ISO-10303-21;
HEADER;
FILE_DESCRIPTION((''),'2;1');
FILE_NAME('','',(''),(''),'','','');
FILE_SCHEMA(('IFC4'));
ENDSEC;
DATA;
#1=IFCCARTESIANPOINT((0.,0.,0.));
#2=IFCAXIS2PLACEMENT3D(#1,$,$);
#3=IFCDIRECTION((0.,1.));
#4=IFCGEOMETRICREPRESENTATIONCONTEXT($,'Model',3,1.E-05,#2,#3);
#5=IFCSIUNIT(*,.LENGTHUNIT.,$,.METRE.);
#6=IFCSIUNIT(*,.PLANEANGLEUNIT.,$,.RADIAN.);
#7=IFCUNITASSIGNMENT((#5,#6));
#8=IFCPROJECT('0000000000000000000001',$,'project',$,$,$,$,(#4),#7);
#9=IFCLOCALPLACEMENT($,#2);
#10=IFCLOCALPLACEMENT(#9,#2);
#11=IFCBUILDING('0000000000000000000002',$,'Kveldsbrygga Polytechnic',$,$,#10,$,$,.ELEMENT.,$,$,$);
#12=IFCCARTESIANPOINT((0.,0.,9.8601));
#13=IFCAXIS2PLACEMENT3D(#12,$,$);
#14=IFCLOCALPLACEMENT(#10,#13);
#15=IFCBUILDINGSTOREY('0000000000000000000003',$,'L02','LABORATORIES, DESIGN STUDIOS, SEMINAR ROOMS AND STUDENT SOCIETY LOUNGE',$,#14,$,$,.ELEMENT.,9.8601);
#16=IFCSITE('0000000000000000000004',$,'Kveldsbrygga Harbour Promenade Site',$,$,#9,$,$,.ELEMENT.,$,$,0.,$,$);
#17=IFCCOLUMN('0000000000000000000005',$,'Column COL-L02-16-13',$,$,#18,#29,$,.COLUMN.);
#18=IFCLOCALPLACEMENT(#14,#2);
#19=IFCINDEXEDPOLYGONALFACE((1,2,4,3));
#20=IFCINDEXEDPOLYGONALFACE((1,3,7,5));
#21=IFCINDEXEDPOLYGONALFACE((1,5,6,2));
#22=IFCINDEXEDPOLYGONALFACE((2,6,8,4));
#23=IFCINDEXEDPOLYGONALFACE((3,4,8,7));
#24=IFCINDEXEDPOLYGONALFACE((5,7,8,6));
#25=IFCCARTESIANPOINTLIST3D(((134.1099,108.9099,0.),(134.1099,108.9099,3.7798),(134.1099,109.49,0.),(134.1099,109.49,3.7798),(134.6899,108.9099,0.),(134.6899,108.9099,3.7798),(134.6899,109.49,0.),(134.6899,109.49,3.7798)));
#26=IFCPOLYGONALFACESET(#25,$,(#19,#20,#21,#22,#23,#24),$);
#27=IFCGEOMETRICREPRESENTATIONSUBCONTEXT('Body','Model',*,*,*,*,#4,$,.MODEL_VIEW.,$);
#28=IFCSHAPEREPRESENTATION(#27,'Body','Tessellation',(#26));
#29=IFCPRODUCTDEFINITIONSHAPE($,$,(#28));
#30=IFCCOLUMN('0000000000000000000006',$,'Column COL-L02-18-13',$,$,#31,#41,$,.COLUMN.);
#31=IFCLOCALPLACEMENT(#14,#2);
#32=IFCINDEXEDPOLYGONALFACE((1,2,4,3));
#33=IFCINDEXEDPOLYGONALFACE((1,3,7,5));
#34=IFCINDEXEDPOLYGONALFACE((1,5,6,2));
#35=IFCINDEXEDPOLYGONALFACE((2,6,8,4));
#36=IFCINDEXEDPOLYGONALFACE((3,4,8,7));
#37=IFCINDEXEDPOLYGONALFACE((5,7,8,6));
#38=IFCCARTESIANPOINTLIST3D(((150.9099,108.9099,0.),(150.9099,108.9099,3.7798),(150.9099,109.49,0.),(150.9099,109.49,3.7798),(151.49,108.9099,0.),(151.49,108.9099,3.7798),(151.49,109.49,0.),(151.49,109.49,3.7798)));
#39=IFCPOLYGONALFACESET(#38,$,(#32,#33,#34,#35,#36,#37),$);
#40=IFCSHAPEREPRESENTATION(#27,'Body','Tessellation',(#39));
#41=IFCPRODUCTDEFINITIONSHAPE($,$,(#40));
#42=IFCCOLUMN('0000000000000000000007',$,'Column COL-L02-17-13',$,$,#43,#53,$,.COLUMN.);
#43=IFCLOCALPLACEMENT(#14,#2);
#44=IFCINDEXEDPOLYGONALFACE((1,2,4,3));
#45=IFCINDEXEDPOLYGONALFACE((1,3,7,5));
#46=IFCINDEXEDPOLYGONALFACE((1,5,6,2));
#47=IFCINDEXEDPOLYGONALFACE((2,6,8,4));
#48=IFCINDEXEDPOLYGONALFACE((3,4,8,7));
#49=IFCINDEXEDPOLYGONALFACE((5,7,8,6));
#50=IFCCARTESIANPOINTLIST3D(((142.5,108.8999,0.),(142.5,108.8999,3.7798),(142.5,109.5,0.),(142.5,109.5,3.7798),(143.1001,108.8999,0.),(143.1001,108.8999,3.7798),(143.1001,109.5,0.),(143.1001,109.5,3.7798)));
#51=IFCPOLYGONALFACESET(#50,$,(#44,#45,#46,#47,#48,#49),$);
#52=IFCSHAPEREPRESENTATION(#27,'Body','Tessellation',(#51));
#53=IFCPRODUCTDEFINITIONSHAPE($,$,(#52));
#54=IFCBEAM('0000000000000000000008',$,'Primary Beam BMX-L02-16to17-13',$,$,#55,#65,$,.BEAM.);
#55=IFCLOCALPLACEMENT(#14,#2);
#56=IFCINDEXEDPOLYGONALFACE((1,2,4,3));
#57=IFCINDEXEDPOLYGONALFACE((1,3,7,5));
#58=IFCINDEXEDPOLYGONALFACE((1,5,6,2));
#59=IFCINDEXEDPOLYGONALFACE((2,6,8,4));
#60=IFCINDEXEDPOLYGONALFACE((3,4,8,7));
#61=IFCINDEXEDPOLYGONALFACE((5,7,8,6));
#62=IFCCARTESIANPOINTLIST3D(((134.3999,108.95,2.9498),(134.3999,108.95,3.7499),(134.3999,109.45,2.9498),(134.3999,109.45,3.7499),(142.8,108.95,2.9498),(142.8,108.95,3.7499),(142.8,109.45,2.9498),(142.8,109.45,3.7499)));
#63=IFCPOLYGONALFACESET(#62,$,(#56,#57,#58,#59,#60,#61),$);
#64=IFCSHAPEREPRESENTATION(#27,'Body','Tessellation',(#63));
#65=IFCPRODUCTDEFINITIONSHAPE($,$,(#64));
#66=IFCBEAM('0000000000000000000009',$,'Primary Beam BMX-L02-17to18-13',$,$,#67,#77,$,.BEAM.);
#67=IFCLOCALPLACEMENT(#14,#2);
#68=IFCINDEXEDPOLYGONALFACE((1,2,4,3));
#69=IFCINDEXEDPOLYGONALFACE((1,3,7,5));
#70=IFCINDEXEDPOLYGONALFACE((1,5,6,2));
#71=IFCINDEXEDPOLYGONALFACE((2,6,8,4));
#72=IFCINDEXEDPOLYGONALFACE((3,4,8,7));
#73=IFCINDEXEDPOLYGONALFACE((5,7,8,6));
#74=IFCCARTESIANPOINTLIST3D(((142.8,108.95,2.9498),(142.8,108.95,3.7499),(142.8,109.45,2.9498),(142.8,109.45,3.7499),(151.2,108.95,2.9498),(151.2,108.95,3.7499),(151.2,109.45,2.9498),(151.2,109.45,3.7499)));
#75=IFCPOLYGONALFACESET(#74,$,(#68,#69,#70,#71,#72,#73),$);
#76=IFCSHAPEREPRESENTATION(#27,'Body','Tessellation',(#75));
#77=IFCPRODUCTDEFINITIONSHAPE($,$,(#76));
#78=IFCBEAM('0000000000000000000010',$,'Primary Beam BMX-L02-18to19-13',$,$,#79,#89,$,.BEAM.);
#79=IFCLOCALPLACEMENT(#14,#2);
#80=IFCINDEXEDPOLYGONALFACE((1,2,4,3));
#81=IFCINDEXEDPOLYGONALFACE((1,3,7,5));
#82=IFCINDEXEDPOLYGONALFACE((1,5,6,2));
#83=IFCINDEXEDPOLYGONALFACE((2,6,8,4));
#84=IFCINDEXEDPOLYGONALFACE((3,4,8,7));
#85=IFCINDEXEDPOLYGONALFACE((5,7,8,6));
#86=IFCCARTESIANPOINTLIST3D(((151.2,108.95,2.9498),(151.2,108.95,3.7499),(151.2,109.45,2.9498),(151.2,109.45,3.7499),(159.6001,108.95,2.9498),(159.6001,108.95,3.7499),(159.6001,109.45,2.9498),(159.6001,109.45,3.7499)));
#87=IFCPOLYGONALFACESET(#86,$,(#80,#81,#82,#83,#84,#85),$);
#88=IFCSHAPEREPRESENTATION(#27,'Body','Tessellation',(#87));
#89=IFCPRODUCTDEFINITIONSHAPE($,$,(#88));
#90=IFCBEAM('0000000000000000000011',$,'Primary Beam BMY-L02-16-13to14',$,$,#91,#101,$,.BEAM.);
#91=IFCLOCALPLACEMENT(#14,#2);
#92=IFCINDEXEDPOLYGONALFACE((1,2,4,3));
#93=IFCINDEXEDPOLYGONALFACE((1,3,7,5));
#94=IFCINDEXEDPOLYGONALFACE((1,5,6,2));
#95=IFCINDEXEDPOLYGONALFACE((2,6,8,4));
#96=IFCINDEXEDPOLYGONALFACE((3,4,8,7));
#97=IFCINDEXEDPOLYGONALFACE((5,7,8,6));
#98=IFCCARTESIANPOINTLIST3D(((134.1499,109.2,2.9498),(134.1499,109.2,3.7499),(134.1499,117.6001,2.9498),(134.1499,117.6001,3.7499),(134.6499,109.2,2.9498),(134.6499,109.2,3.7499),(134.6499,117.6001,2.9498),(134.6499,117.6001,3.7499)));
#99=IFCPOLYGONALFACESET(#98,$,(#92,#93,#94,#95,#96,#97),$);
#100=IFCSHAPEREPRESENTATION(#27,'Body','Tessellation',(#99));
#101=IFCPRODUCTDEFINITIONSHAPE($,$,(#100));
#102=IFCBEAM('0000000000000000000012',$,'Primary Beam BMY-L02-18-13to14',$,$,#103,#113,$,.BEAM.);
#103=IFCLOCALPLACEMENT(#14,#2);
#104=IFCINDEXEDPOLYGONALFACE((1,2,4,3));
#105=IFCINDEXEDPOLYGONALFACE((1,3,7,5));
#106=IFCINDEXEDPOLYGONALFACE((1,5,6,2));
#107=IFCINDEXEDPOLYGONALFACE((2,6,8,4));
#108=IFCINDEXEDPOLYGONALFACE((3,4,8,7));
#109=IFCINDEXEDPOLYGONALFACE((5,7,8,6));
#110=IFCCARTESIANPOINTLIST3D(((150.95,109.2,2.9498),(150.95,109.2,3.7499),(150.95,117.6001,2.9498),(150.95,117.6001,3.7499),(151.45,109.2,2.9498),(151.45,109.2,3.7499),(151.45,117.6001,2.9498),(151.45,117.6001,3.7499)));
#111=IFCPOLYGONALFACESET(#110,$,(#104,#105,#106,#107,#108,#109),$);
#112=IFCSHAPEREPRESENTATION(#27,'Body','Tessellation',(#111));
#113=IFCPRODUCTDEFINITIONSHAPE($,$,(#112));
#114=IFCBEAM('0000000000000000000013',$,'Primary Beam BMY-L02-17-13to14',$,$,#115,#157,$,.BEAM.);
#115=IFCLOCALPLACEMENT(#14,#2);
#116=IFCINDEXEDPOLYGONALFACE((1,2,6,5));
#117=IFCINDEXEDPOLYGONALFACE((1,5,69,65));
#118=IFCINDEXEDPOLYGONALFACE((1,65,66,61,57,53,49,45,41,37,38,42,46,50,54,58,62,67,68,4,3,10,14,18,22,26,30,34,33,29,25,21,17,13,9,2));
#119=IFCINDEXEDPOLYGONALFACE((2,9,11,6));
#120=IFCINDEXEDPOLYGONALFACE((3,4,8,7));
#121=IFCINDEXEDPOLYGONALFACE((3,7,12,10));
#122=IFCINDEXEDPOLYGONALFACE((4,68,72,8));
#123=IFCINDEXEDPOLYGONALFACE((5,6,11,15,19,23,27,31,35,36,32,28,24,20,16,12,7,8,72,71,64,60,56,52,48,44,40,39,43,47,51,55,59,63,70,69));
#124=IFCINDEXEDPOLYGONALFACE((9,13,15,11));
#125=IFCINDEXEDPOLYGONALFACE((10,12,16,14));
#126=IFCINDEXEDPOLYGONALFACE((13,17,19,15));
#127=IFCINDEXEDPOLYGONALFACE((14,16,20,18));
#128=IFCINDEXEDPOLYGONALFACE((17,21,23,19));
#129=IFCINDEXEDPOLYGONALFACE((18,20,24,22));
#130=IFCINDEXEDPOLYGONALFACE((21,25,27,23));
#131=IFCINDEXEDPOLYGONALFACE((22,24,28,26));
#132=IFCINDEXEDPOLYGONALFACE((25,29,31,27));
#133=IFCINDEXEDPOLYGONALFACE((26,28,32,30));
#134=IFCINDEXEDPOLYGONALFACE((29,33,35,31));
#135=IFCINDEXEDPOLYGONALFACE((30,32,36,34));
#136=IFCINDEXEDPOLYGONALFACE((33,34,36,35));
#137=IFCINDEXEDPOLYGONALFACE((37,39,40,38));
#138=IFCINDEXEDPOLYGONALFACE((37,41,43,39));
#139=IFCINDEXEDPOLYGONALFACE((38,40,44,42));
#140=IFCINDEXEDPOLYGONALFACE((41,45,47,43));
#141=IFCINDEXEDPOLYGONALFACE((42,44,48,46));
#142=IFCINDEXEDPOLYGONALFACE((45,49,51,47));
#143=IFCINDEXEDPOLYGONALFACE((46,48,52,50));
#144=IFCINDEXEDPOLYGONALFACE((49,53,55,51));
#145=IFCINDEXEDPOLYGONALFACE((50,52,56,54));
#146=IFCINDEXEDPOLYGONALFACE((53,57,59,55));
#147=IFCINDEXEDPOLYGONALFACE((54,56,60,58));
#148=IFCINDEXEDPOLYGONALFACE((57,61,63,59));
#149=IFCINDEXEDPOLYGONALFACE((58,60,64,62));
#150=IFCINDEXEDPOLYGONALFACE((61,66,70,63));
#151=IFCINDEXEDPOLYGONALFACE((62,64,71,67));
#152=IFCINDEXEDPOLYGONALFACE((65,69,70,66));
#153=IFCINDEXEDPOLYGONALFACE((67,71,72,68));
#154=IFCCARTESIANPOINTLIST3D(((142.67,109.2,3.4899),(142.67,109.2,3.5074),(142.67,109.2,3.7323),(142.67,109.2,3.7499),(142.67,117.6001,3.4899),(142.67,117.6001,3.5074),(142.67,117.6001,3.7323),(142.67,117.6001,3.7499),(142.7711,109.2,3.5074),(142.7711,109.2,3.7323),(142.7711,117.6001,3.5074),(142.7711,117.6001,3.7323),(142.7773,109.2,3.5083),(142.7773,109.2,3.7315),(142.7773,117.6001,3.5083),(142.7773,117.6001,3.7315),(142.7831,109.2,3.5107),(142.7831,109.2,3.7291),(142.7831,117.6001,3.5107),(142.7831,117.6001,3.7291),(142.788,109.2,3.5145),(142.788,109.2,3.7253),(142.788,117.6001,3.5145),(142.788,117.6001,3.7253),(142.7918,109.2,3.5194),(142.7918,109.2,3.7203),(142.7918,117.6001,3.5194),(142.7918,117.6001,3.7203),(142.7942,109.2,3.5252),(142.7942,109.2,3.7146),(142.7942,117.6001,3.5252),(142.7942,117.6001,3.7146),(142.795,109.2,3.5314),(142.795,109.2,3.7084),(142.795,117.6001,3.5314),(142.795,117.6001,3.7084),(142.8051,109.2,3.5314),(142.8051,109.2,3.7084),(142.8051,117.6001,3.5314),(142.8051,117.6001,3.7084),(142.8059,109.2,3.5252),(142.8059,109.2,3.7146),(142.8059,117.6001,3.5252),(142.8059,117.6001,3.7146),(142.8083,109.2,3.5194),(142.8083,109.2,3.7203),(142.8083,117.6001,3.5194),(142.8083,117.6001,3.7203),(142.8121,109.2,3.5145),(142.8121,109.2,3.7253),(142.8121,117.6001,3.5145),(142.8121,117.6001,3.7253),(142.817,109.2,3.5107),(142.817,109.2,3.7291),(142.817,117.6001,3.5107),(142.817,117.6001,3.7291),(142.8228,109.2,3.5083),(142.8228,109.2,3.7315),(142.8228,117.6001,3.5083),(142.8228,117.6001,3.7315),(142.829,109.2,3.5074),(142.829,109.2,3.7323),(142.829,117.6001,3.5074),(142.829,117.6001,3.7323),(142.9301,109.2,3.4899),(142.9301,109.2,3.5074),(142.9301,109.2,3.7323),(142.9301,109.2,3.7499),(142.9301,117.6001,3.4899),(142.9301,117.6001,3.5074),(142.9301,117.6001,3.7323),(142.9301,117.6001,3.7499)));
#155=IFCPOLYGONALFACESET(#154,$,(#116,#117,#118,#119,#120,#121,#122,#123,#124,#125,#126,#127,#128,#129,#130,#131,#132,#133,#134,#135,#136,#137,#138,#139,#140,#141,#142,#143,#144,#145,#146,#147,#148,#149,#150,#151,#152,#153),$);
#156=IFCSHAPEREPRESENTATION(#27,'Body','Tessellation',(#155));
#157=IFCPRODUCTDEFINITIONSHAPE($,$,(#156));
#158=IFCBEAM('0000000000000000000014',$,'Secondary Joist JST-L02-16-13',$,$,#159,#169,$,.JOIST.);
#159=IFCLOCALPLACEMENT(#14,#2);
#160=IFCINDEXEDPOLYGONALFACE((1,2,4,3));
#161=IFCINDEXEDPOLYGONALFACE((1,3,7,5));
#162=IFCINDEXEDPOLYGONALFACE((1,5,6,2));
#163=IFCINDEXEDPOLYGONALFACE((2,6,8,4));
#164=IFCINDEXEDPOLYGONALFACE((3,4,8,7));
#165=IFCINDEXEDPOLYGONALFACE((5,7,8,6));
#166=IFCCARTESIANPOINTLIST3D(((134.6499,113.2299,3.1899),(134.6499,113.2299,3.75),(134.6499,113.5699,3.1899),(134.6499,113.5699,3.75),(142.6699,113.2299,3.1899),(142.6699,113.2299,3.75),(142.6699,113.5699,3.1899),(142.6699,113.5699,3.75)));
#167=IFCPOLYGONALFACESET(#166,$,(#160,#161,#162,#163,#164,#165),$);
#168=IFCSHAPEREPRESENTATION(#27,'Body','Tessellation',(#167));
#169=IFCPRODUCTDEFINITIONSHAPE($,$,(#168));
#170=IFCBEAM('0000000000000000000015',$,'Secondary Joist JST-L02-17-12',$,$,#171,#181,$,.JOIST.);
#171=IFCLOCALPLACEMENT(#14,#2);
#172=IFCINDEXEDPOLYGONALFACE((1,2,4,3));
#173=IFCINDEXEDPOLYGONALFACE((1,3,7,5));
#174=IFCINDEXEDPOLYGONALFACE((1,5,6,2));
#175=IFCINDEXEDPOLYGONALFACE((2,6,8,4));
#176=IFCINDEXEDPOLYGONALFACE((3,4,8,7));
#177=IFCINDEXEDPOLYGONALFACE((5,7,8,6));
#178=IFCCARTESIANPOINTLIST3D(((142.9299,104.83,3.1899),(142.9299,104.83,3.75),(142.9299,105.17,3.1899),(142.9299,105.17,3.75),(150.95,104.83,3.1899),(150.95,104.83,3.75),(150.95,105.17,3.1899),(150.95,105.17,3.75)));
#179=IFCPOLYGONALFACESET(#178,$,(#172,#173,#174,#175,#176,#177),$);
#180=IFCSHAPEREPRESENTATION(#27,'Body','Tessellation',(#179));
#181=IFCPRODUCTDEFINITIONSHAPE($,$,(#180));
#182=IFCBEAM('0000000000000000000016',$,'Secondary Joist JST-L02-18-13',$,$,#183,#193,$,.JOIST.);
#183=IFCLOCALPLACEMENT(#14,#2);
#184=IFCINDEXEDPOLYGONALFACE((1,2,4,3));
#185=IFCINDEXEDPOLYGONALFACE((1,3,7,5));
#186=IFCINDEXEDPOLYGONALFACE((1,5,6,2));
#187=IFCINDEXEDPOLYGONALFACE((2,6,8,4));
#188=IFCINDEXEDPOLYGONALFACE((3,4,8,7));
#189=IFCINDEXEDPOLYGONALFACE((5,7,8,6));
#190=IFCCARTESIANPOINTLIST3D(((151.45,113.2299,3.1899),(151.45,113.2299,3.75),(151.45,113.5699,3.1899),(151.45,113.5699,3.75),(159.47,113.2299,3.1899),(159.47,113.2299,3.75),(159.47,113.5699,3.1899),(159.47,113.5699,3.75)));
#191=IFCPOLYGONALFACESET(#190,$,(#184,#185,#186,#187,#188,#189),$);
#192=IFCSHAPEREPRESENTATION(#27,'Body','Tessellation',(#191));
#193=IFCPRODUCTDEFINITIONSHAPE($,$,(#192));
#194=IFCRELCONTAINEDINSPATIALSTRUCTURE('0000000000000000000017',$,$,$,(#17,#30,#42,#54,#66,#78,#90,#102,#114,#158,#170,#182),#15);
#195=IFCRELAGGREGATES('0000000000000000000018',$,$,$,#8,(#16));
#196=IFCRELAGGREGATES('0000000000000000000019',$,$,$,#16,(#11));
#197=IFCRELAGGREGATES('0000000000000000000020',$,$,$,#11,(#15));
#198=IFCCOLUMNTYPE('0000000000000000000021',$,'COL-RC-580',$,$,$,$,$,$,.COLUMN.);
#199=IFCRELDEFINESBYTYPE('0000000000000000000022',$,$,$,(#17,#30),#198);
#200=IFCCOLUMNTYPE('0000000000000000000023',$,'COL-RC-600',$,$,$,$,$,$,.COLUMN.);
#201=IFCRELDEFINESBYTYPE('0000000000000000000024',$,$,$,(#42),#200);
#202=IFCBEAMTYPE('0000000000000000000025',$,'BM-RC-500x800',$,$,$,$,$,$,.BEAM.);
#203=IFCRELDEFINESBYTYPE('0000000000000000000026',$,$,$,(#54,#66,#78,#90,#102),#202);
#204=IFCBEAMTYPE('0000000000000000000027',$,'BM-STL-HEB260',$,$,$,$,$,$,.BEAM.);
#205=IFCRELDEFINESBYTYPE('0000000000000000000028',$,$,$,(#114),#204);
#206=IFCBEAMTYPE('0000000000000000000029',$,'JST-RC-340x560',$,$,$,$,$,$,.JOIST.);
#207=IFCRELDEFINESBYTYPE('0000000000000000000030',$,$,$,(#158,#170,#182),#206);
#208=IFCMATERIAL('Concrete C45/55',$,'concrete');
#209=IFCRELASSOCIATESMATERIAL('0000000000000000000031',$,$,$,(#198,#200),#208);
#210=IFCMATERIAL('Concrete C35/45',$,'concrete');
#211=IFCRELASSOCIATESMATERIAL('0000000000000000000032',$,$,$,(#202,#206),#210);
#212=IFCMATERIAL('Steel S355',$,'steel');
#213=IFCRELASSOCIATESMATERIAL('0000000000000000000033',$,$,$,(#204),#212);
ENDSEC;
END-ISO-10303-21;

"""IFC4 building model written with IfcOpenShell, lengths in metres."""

from ifc_helpers import new_model, si_unit, direction, frame, origin, origin_2d, place, context, subcontext, project, spatial, rectangle, i_section, extrude, material, material_profile, profile_set, type_object, element, save


model = new_model("IFC4")

# Units and contexts
model_context = context("Model", 3, precision=1e-05, world=origin(), true_north=direction((0.0, 1.0)))
body_context = subcontext(model_context, "Body", "Model", "MODEL_VIEW")
ifc_project = project(units=[si_unit("LENGTHUNIT", "METRE"), si_unit("PLANEANGLEUNIT", "RADIAN")], contexts=[model_context])

# Site, building, storey
site_placement = place(None, origin())
site = spatial("IfcSite", under=ifc_project, at=site_placement, Name="Kveldsbrygga Harbour Promenade Site", CompositionType="ELEMENT", RefElevation=0.0)
building_placement = place(site_placement, origin())
building = spatial("IfcBuilding", under=site, at=building_placement, Name="Kveldsbrygga Polytechnic", CompositionType="ELEMENT")
storey_placement = place(building_placement, frame((0.0, 0.0, 9.8601)))
storey = spatial("IfcBuildingStorey", under=building, at=storey_placement, Name="L02", Description="LABORATORIES, DESIGN STUDIOS, SEMINAR ROOMS AND STUDENT SOCIETY LOUNGE", CompositionType="ELEMENT", Elevation=9.8601)

# Columns
ifc_material_1 = material(Name="Concrete C45/55", Category="concrete")
ifc_material_profile_1 = material_profile(ifc_material_1, rectangle(XDim=0.5801, YDim=0.5801, at=origin_2d()), Name="RC 580x580")
ifc_profile_set_1 = profile_set([ifc_material_profile_1], Name="Concrete C45/55")
column_type_1 = type_object("IfcColumnType", Name="COL-RC-580", PredefinedType="COLUMN", material=ifc_profile_set_1)
for number, where, z_axis, x_axis, name in (
    (1, (134.3999, 109.2, 0.0), (0.0, 0.0, 1.0), (1.0, 0.0, 0.0), "Column COL-L02-16-13"),
    (2, (151.2, 109.2, 0.0), (0.0, 0.0, 1.0), (1.0, 0.0, 0.0), "Column COL-L02-18-13"),
):
    element("IfcColumn", number, at=place(storey_placement, frame(where, z_axis=z_axis, x_axis=x_axis)), inside=storey, type_object=column_type_1, Name=name, PredefinedType="COLUMN", context=body_context, shape_type="SweptSolid", body=[
        extrude(rectangle(XDim=0.5801, YDim=0.5801, at=origin_2d()), origin(), (0.0, 0.0, 1.0), 3.7798),
    ])
ifc_material_profile_2 = material_profile(ifc_material_1, rectangle(XDim=0.6001, YDim=0.6001, at=origin_2d()), Name="RC 600x600")
ifc_profile_set_2 = profile_set([ifc_material_profile_2], Name="Concrete C45/55")
column_type_2 = type_object("IfcColumnType", Name="COL-RC-600", PredefinedType="COLUMN", material=ifc_profile_set_2)
column_placement = place(storey_placement, frame((142.8, 109.2, 0.0), z_axis=(0.0, 0.0, 1.0), x_axis=(1.0, 0.0, 0.0)))
element("IfcColumn", 3, at=column_placement, inside=storey, type_object=column_type_2, Name="Column COL-L02-17-13", PredefinedType="COLUMN", context=body_context, shape_type="SweptSolid", body=[
    extrude(rectangle(XDim=0.6001, YDim=0.6001, at=origin_2d()), origin(), (0.0, 0.0, 1.0), 3.7798),
])

# Beams
ifc_material_2 = material(Name="Concrete C35/45", Category="concrete")
ifc_material_profile_3 = material_profile(ifc_material_2, rectangle(XDim=0.5, YDim=0.8, at=origin_2d()), Name="RC 500x800")
ifc_profile_set_3 = profile_set([ifc_material_profile_3], Name="Concrete C35/45")
beam_type_1 = type_object("IfcBeamType", Name="BM-RC-500x800", PredefinedType="BEAM", material=ifc_profile_set_3)
beam_1_placement = place(storey_placement, frame((134.3999, 109.2, 3.3499), z_axis=(1.0, 0.0, 0.0), x_axis=(0.0, 1.0, 0.0)))
element("IfcBeam", 4, at=beam_1_placement, inside=storey, type_object=beam_type_1, Name="Primary Beam BMX-L02-16to17-13", PredefinedType="BEAM", context=body_context, shape_type="SweptSolid", body=[
    extrude(rectangle(XDim=0.5, YDim=0.8, at=origin_2d()), origin(), (0.0, 0.0, 1.0), 8.4001),
])
beam_2_placement = place(storey_placement, frame((142.8, 109.2, 3.3499), z_axis=(1.0, 0.0, 0.0), x_axis=(0.0, 1.0, 0.0)))
element("IfcBeam", 5, at=beam_2_placement, inside=storey, type_object=beam_type_1, Name="Primary Beam BMX-L02-17to18-13", PredefinedType="BEAM", context=body_context, shape_type="SweptSolid", body=[
    extrude(rectangle(XDim=0.5, YDim=0.8, at=origin_2d()), origin(), (0.0, 0.0, 1.0), 8.3999),
])
for number, where, z_axis, x_axis, name in (
    (6, (151.2, 109.2, 3.3499), (1.0, 0.0, 0.0), (0.0, 1.0, 0.0), "Primary Beam BMX-L02-18to19-13"),
    (7, (134.3999, 109.2, 3.3499), (0.0, 1.0, 0.0), (-1.0, 0.0, 0.0), "Primary Beam BMY-L02-16-13to14"),
    (8, (151.2, 109.2, 3.3499), (0.0, 1.0, 0.0), (-1.0, 0.0, 0.0), "Primary Beam BMY-L02-18-13to14"),
):
    element("IfcBeam", number, at=place(storey_placement, frame(where, z_axis=z_axis, x_axis=x_axis)), inside=storey, type_object=beam_type_1, Name=name, PredefinedType="BEAM", context=body_context, shape_type="SweptSolid", body=[
        extrude(rectangle(XDim=0.5, YDim=0.8, at=origin_2d()), origin(), (0.0, 0.0, 1.0), 8.4001),
    ])
ifc_material_3 = material(Name="Steel S355", Category="steel")
ifc_material_profile_4 = material_profile(ifc_material_3, i_section(OverallWidth=0.26, OverallDepth=0.26, WebThickness=0.01, FlangeThickness=0.0176, FilletRadius=0.0239, at=origin_2d()), Name="HEB 260")
ifc_profile_set_4 = profile_set([ifc_material_profile_4], Name="Steel S355")
beam_type_2 = type_object("IfcBeamType", Name="BM-STL-HEB260", PredefinedType="BEAM", material=ifc_profile_set_4)
beam_3_placement = place(storey_placement, frame((142.8, 109.2, 3.6199), z_axis=(0.0, 1.0, 0.0), x_axis=(-1.0, 0.0, 0.0)))
element("IfcBeam", 9, at=beam_3_placement, inside=storey, type_object=beam_type_2, Name="Primary Beam BMY-L02-17-13to14", PredefinedType="BEAM", context=body_context, shape_type="SweptSolid", body=[
    extrude(i_section(OverallWidth=0.26, OverallDepth=0.26, WebThickness=0.01, FlangeThickness=0.0176, FilletRadius=0.0239, at=origin_2d()), origin(), (0.0, 0.0, 1.0), 8.4001),
])
ifc_material_profile_5 = material_profile(ifc_material_2, rectangle(XDim=0.3401, YDim=0.5601, at=origin_2d()), Name="RC 340x560")
ifc_profile_set_5 = profile_set([ifc_material_profile_5], Name="Concrete C35/45")
beam_type_3 = type_object("IfcBeamType", Name="JST-RC-340x560", PredefinedType="JOIST", material=ifc_profile_set_5)
for number, where, z_axis, x_axis, name in (
    (10, (134.6499, 113.3999, 3.47), (1.0, 0.0, 0.0), (0.0, 1.0, 0.0), "Secondary Joist JST-L02-16-13"),
    (11, (142.9299, 105.0, 3.47), (1.0, 0.0, 0.0), (0.0, 1.0, 0.0), "Secondary Joist JST-L02-17-12"),
    (12, (151.45, 113.3999, 3.47), (1.0, 0.0, 0.0), (0.0, 1.0, 0.0), "Secondary Joist JST-L02-18-13"),
):
    element("IfcBeam", number, at=place(storey_placement, frame(where, z_axis=z_axis, x_axis=x_axis)), inside=storey, type_object=beam_type_3, Name=name, PredefinedType="JOIST", context=body_context, shape_type="SweptSolid", body=[
        extrude(rectangle(XDim=0.3401, YDim=0.5601, at=origin_2d()), origin(), (0.0, 0.0, 1.0), 8.02),
    ])

save(model, "model.ifc")
